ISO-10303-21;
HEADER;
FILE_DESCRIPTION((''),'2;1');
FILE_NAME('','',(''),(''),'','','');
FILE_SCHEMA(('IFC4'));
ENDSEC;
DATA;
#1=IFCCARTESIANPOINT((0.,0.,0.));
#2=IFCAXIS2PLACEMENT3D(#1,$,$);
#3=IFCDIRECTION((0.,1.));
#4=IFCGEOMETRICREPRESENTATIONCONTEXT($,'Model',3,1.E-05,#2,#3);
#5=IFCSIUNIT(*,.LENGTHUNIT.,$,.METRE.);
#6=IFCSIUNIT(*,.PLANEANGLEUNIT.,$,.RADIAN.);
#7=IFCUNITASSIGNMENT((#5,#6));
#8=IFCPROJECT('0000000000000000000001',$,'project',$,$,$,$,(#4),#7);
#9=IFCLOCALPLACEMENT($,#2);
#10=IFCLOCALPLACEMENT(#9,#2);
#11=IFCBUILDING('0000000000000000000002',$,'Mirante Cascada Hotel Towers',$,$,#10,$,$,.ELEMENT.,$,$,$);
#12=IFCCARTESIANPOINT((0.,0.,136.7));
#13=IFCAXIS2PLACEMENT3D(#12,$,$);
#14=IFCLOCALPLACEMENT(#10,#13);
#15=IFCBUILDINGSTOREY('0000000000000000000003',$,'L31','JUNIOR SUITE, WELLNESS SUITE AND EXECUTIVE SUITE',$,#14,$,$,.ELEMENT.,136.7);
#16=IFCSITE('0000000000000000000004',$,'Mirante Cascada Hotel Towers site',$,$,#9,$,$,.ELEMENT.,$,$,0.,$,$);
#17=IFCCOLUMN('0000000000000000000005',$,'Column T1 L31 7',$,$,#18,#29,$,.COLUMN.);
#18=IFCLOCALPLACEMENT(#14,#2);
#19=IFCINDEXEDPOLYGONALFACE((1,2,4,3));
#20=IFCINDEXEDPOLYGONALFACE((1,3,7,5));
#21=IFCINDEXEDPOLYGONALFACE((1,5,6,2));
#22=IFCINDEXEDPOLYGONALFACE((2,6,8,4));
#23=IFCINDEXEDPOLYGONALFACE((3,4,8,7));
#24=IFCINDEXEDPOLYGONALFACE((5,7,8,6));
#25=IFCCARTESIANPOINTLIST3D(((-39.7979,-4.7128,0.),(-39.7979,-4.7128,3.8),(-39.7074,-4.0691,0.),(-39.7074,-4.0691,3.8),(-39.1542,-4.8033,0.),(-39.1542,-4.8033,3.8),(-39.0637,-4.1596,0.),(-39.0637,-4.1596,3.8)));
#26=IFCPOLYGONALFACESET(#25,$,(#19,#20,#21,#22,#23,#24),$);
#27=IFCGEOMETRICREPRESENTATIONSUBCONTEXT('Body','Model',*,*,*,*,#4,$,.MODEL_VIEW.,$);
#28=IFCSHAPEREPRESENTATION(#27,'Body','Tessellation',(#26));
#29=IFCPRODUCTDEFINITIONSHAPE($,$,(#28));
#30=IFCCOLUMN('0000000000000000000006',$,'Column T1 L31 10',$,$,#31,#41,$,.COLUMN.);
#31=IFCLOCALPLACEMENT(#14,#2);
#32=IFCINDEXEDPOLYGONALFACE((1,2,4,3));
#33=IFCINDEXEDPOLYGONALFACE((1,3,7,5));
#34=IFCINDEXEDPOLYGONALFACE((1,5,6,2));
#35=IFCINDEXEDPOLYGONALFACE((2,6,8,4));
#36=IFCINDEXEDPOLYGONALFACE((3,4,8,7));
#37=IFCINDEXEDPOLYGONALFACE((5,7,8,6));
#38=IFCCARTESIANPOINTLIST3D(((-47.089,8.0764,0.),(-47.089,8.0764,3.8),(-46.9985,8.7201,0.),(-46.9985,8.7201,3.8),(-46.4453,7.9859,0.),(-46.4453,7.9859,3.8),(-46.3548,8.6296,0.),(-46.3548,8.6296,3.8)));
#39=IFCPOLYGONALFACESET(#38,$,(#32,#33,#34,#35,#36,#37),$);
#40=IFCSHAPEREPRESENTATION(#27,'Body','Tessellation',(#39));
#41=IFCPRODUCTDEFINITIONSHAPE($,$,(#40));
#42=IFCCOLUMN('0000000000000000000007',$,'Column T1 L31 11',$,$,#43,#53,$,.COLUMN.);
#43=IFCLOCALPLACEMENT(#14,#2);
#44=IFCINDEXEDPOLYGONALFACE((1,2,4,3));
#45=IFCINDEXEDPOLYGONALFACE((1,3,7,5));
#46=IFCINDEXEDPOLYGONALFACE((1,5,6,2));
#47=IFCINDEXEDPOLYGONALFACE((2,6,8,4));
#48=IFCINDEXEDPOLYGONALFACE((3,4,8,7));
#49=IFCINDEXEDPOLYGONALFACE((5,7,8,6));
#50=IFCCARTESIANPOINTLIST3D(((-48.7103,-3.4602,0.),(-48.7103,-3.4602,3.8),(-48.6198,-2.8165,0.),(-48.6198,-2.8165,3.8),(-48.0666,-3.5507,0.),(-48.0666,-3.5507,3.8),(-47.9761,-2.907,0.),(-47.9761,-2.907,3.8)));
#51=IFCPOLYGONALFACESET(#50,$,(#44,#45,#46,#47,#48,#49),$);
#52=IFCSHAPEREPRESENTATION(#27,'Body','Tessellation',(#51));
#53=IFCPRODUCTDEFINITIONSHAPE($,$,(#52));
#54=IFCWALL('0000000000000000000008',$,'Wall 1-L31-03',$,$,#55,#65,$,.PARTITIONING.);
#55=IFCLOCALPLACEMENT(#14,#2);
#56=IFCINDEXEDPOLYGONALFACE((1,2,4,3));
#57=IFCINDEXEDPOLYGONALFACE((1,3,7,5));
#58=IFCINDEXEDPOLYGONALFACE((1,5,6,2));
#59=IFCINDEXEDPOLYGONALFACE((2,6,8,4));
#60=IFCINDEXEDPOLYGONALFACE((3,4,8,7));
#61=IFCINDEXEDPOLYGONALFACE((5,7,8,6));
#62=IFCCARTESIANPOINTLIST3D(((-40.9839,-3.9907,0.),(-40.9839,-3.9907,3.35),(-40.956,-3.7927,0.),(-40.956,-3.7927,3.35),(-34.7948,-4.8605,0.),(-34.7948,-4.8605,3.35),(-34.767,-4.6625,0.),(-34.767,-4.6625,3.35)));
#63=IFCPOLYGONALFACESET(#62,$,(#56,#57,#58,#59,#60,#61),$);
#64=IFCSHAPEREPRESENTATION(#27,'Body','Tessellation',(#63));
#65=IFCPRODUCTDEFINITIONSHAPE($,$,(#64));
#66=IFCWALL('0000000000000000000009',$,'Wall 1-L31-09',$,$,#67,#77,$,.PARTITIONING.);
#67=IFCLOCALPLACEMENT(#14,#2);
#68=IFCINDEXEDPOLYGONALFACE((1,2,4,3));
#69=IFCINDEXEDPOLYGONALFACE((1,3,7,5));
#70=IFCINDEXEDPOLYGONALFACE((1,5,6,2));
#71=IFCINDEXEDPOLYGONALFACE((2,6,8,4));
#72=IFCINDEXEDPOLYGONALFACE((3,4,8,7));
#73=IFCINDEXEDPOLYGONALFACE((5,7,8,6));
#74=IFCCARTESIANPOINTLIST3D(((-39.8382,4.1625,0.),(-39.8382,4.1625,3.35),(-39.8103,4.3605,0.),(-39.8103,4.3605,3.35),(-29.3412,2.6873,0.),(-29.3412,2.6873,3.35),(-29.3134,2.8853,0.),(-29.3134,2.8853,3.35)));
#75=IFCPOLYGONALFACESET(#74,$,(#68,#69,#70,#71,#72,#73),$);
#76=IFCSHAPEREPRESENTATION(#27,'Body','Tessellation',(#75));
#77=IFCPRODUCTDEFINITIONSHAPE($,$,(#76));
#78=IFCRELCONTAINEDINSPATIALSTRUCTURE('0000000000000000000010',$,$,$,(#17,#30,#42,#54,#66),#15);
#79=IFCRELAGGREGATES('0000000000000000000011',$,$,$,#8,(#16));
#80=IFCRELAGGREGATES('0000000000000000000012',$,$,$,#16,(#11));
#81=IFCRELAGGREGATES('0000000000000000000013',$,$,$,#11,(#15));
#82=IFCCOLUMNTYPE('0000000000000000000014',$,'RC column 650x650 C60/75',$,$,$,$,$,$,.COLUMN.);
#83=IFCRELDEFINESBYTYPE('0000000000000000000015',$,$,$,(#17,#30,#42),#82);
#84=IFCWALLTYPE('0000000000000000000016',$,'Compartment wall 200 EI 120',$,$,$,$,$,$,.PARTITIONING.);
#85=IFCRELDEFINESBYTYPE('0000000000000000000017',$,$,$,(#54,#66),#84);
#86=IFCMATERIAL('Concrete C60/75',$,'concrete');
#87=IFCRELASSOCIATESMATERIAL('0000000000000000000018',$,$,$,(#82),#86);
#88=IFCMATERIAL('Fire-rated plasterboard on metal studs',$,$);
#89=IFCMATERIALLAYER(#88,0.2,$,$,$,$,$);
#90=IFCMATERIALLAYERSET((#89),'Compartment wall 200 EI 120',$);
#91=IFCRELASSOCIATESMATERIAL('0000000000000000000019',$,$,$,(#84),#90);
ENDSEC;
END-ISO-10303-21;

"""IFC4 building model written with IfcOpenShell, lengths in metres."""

from ifc_helpers import new_model, si_unit, direction, frame, frame_2d, origin, origin_2d, place, context, subcontext, project, spatial, rectangle, extrude, material, layer, layer_set, material_profile, profile_set, type_object, element, save


model = new_model("IFC4")

# Units and contexts
model_context = context("Model", 3, precision=1e-05, world=origin(), true_north=direction((0.0, 1.0)))
body_context = subcontext(model_context, "Body", "Model", "MODEL_VIEW")
ifc_project = project(units=[si_unit("LENGTHUNIT", "METRE"), si_unit("PLANEANGLEUNIT", "RADIAN")], contexts=[model_context])

# Site, building, storey
site_placement = place(None, origin())
site = spatial("IfcSite", under=ifc_project, at=site_placement, Name="Mirante Cascada Hotel Towers site", CompositionType="ELEMENT", RefElevation=0.0)
building_placement = place(site_placement, origin())
building = spatial("IfcBuilding", under=site, at=building_placement, Name="Mirante Cascada Hotel Towers", CompositionType="ELEMENT")
storey_placement = place(building_placement, frame((0.0, 0.0, 136.7)))
storey = spatial("IfcBuildingStorey", under=building, at=storey_placement, Name="L31", Description="JUNIOR SUITE, WELLNESS SUITE AND EXECUTIVE SUITE", CompositionType="ELEMENT", Elevation=136.7)

# Columns
ifc_material_1 = material(Name="Concrete C60/75", Category="concrete")
ifc_material_profile = material_profile(ifc_material_1, rectangle(XDim=0.65, YDim=0.65, at=origin_2d()), Name="RC column 650x650 C60/75")
ifc_profile_set = profile_set([ifc_material_profile], Name="Concrete C60/75")
column_type = type_object("IfcColumnType", Name="RC column 650x650 C60/75", PredefinedType="COLUMN", material=ifc_profile_set)
for number, where, z_axis, x_axis, name in (
    (1, (-39.4308, -4.4362, 0.0), (0.0, 0.0, 1.0), (-0.990268, 0.139173, 0.0), "Column T1 L31 7"),
    (2, (-46.7219, 8.353, 0.0), (0.0, 0.0, 1.0), (-0.990268, 0.139173, 0.0), "Column T1 L31 10"),
    (3, (-48.3432, -3.1836, 0.0), (0.0, 0.0, 1.0), (-0.990268, 0.139173, 0.0), "Column T1 L31 11"),
):
    element("IfcColumn", number, at=place(storey_placement, frame(where, z_axis=z_axis, x_axis=x_axis)), inside=storey, type_object=column_type, Name=name, PredefinedType="COLUMN", context=body_context, shape_type="SweptSolid", body=[
        extrude(rectangle(XDim=0.65, YDim=0.65, at=origin_2d()), origin(), (0.0, 0.0, 1.0), 3.8),
    ])

# Walls
ifc_material_2 = material(Name="Fire-rated plasterboard on metal studs")
ifc_layer_1 = layer(ifc_material_2, 0.2)
ifc_layer_set_1 = layer_set([ifc_layer_1], Name="Compartment wall 200 EI 120")
wall_type_1 = type_object("IfcWallType", Name="Compartment wall 200 EI 120", PredefinedType="PARTITIONING", material=ifc_layer_set_1)
wall_1_placement = place(storey_placement, frame((-40.97, -3.8917, 0.0), z_axis=(0.0, 0.0, 1.0), x_axis=(0.990268, -0.13917, 0.0)))
element("IfcWall", 4, at=wall_1_placement, inside=storey, type_object=wall_type_1, Name="Wall 1-L31-03", PredefinedType="PARTITIONING", context=body_context, shape_type="SweptSolid", body=[
    extrude(rectangle(XDim=6.2499, YDim=0.2, at=frame_2d((3.125, 0.0))), origin(), (0.0, 0.0, 1.0), 3.35),
])
wall_2_placement = place(storey_placement, frame((-39.8242, 4.2615, 0.0), z_axis=(0.0, 0.0, 1.0), x_axis=(0.990269, -0.139169, 0.0)))
element("IfcWall", 5, at=wall_2_placement, inside=storey, type_object=wall_type_1, Name="Wall 1-L31-09", PredefinedType="PARTITIONING", context=body_context, shape_type="SweptSolid", body=[
    extrude(rectangle(XDim=10.6001, YDim=0.2, at=frame_2d((5.3, 0.0))), origin(), (0.0, 0.0, 1.0), 3.35),
])

save(model, "model.ifc")
